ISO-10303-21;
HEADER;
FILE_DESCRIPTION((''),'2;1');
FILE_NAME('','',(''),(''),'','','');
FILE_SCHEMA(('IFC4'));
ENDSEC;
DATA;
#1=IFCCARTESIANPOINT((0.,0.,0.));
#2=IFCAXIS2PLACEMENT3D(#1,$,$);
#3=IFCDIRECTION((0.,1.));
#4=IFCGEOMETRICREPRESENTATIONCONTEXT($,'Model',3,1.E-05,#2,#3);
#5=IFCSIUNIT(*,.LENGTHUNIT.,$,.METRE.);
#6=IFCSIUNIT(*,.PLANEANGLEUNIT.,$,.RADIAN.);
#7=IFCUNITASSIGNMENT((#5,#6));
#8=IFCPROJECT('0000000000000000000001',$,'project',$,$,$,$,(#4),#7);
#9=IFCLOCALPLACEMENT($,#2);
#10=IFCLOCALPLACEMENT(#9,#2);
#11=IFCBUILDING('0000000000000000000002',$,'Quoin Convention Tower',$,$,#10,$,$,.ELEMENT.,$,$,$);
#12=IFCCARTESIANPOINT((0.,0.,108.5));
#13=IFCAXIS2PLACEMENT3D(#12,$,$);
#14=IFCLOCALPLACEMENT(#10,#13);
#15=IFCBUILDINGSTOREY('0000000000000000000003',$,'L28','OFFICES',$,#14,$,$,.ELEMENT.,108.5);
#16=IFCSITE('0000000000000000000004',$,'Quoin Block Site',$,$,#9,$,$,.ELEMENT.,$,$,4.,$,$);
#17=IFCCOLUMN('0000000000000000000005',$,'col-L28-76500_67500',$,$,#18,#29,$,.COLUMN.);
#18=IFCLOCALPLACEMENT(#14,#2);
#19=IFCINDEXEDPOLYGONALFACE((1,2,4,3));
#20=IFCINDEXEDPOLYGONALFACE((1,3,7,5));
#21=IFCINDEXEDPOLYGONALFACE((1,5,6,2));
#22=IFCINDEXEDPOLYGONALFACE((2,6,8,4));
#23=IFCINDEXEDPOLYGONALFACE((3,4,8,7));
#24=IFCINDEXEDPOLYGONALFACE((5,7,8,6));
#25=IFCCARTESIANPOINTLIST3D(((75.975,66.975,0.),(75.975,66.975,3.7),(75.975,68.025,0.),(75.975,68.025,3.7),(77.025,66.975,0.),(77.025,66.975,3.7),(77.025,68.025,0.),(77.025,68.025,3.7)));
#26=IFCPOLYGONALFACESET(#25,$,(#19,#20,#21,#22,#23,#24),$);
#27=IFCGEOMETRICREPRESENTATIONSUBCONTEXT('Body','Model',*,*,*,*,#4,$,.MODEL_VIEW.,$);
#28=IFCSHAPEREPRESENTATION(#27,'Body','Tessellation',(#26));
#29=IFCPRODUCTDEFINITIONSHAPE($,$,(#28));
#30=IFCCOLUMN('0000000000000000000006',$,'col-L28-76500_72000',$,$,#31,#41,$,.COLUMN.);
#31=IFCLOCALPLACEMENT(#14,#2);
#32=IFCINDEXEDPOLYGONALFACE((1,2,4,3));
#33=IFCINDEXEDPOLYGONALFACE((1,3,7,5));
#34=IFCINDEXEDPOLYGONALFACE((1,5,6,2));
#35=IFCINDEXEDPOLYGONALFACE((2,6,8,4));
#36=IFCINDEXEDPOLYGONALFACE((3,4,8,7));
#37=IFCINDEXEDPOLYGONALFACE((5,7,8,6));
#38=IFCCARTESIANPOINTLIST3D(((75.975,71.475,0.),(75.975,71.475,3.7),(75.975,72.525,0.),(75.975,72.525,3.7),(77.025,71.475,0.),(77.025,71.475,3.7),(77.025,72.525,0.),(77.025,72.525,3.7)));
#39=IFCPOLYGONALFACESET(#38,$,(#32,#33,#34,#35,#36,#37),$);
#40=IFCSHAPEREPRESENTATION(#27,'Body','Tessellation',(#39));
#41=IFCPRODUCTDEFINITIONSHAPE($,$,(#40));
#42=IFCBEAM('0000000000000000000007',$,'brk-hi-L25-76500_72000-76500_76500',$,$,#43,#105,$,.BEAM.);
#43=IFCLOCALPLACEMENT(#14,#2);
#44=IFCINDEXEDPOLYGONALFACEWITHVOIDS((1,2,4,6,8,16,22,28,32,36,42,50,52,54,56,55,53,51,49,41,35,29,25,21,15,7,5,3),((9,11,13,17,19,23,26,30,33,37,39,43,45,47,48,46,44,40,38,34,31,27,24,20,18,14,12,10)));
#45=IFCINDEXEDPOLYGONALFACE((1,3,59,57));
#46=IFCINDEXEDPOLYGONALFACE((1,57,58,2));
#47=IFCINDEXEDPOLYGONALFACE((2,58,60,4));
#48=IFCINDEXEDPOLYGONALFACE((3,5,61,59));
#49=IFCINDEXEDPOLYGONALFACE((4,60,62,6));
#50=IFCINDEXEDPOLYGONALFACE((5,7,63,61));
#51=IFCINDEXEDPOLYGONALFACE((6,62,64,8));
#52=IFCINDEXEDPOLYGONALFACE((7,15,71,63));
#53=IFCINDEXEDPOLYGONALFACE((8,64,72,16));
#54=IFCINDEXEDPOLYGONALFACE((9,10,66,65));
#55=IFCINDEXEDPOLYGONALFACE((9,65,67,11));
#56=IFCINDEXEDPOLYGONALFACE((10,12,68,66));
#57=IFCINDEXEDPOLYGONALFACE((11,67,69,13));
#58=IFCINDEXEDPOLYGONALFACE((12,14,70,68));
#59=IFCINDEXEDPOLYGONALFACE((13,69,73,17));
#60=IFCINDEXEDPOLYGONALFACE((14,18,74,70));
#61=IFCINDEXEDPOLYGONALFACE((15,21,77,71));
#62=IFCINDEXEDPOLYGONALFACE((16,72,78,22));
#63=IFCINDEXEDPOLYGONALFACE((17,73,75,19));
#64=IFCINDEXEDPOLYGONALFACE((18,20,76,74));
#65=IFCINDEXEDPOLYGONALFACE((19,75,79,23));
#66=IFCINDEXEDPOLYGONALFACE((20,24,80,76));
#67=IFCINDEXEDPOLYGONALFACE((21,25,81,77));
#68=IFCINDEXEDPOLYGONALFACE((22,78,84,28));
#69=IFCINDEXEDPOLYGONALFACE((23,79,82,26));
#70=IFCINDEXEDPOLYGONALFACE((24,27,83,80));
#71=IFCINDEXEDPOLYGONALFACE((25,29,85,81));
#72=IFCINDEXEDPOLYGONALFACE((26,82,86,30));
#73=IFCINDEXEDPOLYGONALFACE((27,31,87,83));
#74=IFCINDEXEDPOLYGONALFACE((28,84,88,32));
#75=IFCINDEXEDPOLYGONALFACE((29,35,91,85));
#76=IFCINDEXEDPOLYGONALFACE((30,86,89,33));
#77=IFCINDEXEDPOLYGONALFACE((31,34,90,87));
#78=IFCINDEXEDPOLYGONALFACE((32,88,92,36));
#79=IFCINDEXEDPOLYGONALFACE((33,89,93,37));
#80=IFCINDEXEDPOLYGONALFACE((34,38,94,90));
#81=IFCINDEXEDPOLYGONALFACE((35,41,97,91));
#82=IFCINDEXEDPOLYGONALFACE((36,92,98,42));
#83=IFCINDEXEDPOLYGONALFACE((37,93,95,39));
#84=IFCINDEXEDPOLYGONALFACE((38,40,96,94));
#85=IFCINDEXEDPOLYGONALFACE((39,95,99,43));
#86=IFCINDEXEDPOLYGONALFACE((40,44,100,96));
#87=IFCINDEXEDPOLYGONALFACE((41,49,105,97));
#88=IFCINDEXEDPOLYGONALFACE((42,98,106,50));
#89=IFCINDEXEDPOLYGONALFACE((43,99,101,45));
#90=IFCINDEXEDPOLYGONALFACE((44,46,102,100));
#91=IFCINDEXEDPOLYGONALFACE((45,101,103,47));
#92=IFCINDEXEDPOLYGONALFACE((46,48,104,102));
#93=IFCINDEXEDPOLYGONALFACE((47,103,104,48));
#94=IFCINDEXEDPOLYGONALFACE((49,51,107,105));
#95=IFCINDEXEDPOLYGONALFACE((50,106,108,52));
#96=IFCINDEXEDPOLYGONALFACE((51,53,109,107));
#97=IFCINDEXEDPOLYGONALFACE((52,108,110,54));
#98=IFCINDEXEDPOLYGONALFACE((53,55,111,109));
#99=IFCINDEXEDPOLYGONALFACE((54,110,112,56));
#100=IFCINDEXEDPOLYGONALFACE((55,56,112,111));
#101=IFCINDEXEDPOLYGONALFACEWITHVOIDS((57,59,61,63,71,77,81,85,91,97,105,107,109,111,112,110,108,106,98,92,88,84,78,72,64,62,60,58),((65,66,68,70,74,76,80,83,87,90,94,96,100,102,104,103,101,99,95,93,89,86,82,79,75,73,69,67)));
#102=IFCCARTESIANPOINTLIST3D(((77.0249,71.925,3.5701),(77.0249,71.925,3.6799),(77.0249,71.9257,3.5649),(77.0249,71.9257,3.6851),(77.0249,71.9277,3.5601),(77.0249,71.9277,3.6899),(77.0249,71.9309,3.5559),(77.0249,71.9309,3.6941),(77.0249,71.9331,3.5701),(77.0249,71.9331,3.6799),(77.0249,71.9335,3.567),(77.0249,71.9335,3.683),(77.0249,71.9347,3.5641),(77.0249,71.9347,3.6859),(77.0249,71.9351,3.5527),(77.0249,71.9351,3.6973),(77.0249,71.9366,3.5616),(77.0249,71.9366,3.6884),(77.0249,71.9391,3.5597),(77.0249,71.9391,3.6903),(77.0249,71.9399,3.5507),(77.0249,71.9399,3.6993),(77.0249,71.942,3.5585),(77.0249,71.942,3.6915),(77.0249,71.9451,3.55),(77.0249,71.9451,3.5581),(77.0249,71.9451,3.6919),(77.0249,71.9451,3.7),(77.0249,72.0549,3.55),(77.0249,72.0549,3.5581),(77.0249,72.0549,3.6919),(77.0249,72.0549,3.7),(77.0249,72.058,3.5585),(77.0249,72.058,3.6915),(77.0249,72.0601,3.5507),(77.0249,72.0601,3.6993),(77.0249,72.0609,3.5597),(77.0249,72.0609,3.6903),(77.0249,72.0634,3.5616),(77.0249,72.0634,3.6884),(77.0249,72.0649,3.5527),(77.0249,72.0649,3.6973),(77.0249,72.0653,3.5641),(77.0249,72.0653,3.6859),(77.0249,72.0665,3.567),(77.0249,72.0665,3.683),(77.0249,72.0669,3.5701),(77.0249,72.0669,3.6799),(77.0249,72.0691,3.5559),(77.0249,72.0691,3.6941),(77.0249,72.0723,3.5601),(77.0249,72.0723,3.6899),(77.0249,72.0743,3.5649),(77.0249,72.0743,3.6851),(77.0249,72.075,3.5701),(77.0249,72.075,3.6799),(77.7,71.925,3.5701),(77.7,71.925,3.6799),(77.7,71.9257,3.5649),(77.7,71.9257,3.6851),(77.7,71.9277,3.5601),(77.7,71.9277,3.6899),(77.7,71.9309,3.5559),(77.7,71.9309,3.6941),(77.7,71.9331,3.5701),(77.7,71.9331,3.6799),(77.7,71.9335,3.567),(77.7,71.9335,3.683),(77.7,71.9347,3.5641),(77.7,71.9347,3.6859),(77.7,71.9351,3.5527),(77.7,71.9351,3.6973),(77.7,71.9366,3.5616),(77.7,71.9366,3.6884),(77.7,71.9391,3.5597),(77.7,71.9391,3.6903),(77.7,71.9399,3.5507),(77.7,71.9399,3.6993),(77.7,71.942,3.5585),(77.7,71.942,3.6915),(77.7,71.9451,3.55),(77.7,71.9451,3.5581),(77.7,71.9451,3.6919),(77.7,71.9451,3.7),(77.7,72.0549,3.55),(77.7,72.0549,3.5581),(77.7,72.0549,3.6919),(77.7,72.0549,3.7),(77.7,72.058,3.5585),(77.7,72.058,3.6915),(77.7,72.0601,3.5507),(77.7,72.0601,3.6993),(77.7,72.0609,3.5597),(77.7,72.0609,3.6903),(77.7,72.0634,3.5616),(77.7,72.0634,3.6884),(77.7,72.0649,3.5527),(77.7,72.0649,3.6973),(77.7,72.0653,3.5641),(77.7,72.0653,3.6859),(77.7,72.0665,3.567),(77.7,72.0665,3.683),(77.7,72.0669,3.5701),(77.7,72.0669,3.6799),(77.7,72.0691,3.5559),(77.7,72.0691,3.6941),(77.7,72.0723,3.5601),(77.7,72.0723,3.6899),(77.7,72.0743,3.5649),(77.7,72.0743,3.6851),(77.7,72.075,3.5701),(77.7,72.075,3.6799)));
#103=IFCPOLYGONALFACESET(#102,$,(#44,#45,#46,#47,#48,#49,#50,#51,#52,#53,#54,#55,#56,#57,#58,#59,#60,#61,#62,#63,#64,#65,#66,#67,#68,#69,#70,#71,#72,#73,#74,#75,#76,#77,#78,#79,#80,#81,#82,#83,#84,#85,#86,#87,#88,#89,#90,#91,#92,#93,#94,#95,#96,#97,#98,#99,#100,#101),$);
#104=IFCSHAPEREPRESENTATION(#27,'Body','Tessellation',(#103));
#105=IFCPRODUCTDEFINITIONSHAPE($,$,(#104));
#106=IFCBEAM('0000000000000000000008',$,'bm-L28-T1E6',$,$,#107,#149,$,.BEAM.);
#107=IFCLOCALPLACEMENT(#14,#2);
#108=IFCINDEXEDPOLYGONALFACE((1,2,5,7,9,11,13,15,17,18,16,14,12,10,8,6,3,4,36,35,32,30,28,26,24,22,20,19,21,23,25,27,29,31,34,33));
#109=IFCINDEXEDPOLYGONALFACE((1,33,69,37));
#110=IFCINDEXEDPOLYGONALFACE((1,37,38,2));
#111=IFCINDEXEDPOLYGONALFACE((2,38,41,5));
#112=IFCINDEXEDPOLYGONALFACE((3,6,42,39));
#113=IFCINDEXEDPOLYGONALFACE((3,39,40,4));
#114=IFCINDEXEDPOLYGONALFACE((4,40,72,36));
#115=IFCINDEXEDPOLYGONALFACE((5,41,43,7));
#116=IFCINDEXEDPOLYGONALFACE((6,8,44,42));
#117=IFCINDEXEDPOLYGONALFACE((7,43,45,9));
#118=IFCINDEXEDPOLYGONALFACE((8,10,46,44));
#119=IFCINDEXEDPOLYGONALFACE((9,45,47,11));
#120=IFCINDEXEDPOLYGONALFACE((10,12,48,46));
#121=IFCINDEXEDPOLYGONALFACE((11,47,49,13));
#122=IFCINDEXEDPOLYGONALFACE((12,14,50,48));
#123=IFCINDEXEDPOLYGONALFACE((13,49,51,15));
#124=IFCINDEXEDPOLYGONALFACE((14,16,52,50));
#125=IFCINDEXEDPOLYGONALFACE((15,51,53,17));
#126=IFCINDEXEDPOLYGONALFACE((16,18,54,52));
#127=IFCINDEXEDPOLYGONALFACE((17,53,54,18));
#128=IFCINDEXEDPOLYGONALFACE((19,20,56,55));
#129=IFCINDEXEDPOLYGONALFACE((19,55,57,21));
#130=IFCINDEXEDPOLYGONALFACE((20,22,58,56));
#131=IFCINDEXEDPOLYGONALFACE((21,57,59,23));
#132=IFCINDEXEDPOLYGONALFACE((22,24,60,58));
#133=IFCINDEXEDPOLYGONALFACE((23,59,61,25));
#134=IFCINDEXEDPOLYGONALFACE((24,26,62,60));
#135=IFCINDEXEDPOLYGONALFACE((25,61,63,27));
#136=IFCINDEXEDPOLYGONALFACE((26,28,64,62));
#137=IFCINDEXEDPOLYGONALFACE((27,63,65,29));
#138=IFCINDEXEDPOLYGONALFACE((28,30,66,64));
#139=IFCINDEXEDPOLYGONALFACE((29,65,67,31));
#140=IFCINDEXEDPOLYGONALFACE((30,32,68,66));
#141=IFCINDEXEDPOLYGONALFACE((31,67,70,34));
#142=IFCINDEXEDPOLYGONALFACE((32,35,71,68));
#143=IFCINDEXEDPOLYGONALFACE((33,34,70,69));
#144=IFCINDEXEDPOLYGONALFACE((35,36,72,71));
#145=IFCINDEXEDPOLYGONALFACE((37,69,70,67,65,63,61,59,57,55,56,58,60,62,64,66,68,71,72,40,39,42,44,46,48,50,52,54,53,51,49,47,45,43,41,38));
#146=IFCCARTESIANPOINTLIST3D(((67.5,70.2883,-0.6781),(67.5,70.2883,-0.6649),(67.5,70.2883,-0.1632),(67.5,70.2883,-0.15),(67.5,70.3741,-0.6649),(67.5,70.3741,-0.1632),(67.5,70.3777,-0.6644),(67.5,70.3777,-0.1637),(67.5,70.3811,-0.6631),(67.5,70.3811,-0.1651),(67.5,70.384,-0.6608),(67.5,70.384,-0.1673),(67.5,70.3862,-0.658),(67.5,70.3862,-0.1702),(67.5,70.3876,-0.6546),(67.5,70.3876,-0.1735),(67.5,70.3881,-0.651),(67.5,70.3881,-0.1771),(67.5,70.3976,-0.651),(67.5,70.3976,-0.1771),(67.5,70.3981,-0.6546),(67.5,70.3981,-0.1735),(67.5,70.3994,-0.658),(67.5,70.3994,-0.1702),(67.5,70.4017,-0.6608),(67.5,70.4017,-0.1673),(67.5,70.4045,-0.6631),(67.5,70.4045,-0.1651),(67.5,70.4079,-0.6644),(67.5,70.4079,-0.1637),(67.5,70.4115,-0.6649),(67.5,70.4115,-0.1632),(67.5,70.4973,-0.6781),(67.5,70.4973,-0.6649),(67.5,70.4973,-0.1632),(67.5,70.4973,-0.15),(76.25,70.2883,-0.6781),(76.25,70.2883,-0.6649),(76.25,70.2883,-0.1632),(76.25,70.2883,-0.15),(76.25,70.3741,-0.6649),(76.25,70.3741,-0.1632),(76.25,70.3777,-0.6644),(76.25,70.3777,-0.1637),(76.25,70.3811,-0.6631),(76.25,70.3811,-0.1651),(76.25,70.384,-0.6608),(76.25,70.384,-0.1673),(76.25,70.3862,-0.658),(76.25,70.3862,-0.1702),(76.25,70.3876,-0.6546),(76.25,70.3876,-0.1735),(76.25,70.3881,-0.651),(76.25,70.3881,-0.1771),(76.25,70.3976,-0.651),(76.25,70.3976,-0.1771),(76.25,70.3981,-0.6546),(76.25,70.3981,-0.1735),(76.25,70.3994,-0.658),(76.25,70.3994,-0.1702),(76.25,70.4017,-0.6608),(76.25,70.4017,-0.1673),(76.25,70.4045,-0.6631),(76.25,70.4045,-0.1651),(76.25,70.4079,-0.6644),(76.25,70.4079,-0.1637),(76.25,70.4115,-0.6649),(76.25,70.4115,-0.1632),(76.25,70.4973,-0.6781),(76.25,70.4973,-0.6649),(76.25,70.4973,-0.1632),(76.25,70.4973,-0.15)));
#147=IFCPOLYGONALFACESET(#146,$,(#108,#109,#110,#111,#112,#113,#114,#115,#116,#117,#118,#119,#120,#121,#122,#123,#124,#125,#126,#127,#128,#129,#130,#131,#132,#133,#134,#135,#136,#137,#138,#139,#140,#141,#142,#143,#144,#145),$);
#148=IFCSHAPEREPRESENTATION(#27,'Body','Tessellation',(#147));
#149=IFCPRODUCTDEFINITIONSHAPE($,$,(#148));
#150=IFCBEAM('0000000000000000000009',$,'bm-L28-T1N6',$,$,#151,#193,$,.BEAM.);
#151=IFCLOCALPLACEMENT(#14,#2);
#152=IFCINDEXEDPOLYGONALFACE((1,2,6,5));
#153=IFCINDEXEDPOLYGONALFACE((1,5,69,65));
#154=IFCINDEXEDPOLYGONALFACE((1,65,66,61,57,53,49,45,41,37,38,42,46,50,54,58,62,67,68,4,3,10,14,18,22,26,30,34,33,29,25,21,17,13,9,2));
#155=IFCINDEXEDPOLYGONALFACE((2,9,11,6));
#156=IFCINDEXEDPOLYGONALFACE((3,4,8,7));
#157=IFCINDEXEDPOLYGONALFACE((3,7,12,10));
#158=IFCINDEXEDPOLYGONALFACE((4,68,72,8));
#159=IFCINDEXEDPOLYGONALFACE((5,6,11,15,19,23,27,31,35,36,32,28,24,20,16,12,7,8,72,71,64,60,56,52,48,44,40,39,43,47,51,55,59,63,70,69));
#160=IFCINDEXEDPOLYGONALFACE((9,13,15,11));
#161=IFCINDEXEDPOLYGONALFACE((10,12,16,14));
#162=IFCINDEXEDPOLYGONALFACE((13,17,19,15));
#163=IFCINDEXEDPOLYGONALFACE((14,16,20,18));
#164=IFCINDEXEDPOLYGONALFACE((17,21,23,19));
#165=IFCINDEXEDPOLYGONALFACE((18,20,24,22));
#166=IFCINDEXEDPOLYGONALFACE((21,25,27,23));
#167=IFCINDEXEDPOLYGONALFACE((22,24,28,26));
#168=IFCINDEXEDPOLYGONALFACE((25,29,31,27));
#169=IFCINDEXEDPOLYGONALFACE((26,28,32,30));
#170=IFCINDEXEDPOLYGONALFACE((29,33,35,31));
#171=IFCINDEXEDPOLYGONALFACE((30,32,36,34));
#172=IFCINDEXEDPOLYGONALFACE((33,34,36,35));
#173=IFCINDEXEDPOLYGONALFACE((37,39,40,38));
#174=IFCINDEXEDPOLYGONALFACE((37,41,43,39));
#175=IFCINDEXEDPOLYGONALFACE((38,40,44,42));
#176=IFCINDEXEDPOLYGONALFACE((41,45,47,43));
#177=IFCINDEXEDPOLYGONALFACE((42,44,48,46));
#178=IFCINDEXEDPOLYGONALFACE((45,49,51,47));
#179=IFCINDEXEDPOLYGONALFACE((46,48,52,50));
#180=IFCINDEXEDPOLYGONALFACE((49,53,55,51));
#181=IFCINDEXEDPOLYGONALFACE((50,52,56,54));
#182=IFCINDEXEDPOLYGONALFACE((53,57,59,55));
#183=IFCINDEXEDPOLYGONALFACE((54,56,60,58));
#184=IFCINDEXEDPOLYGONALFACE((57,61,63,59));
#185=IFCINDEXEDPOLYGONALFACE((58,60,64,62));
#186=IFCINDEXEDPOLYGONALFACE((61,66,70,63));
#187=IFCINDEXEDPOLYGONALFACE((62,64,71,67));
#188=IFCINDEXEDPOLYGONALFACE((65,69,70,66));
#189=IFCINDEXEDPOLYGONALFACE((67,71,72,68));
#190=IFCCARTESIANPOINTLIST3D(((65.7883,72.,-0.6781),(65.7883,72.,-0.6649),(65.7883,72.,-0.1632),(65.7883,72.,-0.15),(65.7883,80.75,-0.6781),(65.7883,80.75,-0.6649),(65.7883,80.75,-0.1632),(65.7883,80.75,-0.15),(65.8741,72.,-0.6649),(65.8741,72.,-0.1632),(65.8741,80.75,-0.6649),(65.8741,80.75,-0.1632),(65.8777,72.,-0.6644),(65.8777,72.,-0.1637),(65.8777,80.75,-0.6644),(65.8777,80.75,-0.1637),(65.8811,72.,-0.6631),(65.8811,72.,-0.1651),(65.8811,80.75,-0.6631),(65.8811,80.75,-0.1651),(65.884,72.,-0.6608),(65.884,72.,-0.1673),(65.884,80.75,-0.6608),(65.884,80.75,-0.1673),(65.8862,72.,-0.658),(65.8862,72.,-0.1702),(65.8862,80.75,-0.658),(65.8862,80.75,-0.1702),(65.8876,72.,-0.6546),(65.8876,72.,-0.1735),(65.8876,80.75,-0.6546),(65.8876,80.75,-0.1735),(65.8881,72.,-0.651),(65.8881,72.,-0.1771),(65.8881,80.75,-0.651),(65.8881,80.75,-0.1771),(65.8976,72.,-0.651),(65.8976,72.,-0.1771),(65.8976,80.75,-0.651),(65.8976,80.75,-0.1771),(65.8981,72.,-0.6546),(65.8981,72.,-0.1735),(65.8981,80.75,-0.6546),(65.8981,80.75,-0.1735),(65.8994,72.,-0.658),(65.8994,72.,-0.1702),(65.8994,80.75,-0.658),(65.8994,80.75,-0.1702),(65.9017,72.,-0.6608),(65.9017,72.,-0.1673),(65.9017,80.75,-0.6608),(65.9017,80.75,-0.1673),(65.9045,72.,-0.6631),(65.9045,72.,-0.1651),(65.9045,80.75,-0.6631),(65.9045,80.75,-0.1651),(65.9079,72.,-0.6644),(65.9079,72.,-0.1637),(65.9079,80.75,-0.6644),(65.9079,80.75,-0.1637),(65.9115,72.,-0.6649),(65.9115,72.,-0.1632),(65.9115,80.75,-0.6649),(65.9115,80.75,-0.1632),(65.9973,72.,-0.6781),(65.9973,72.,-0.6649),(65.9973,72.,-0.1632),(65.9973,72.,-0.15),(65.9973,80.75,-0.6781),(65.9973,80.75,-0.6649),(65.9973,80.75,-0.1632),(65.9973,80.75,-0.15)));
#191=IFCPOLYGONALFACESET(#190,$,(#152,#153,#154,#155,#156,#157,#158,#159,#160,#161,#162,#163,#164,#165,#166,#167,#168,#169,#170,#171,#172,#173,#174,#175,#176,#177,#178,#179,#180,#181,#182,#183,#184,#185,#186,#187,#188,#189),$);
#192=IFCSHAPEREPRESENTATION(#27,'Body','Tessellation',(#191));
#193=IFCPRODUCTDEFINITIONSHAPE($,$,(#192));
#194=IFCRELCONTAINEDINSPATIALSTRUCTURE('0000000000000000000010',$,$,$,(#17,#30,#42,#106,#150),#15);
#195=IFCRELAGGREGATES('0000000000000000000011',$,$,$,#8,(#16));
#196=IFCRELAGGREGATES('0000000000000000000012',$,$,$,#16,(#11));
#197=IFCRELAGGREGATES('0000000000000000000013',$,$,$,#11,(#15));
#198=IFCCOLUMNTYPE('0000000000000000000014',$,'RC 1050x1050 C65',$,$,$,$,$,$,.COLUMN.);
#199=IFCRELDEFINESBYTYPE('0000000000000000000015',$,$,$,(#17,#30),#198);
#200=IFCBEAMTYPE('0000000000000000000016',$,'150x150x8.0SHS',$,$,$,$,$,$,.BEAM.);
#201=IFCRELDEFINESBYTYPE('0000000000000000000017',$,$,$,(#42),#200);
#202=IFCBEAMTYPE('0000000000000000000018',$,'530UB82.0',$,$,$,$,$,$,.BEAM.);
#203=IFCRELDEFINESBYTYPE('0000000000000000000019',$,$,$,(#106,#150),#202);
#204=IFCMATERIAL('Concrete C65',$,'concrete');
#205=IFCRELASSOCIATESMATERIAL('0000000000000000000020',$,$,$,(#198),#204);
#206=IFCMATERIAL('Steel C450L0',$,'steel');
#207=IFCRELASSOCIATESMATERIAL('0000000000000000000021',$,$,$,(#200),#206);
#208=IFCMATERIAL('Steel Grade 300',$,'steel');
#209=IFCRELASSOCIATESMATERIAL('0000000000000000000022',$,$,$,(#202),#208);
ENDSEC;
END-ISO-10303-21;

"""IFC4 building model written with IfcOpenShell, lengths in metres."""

from ifc_helpers import new_model, si_unit, direction, frame, origin, origin_2d, place, context, subcontext, project, spatial, rectangle, hollow_rectangle, i_section, extrude, material, material_profile, profile_set, type_object, element, save


model = new_model("IFC4")

# Units and contexts
model_context = context("Model", 3, precision=1e-05, world=origin(), true_north=direction((0.0, 1.0)))
body_context = subcontext(model_context, "Body", "Model", "MODEL_VIEW")
ifc_project = project(units=[si_unit("LENGTHUNIT", "METRE"), si_unit("PLANEANGLEUNIT", "RADIAN")], contexts=[model_context])

# Site, building, storey
site_placement = place(None, origin())
site = spatial("IfcSite", under=ifc_project, at=site_placement, Name="Quoin Block Site", CompositionType="ELEMENT", RefElevation=4.0)
building_placement = place(site_placement, origin())
building = spatial("IfcBuilding", under=site, at=building_placement, Name="Quoin Convention Tower", CompositionType="ELEMENT")
storey_placement = place(building_placement, frame((0.0, 0.0, 108.5)))
storey = spatial("IfcBuildingStorey", under=building, at=storey_placement, Name="L28", Description="OFFICES", CompositionType="ELEMENT", Elevation=108.5)

# Columns
ifc_material_1 = material(Name="Concrete C65", Category="concrete")
ifc_material_profile_1 = material_profile(ifc_material_1, rectangle(XDim=1.05, YDim=1.05, at=origin_2d()), Name="RC 1050x1050")
ifc_profile_set_1 = profile_set([ifc_material_profile_1], Name="Concrete C65")
column_type = type_object("IfcColumnType", Name="RC 1050x1050 C65", PredefinedType="COLUMN", material=ifc_profile_set_1)
for number, where, z_axis, x_axis, name in (
    (1, (76.5, 67.5, 0.0), (0.0, 0.0, 1.0), (1.0, 0.0, 0.0), "col-L28-76500_67500"),
    (2, (76.5, 72.0, 0.0), (0.0, 0.0, 1.0), (1.0, 0.0, 0.0), "col-L28-76500_72000"),
):
    element("IfcColumn", number, at=place(storey_placement, frame(where, z_axis=z_axis, x_axis=x_axis)), inside=storey, type_object=column_type, Name=name, PredefinedType="COLUMN", context=body_context, shape_type="SweptSolid", body=[
        extrude(rectangle(XDim=1.05, YDim=1.05, at=origin_2d()), origin(), (0.0, 0.0, 1.0), 3.7),
    ])

# Beams
ifc_material_2 = material(Name="Steel C450L0", Category="steel")
ifc_material_profile_2 = material_profile(ifc_material_2, hollow_rectangle(XDim=0.1499, YDim=0.1499, WallThickness=0.0081, InnerFilletRadius=0.012, OuterFilletRadius=0.02, at=origin_2d()), Name="150x150x8.0SHS")
ifc_profile_set_2 = profile_set([ifc_material_profile_2], Name="Steel C450L0")
beam_type_1 = type_object("IfcBeamType", Name="150x150x8.0SHS", PredefinedType="BEAM", material=ifc_profile_set_2)
beam_1_placement = place(storey_placement, frame((77.0249, 72.0, 3.625), z_axis=(1.0, 0.0, 0.0), x_axis=(0.0, 1.0, 0.0)))
element("IfcBeam", 3, at=beam_1_placement, inside=storey, type_object=beam_type_1, Name="brk-hi-L25-76500_72000-76500_76500", PredefinedType="BEAM", context=body_context, shape_type="SweptSolid", body=[
    extrude(hollow_rectangle(XDim=0.1499, YDim=0.1499, WallThickness=0.0081, InnerFilletRadius=0.012, OuterFilletRadius=0.02, at=origin_2d()), origin(), (0.0, 0.0, 1.0), 0.675),
])
ifc_material_3 = material(Name="Steel Grade 300", Category="steel")
ifc_material_profile_3 = material_profile(ifc_material_3, i_section(OverallWidth=0.209, OverallDepth=0.5281, WebThickness=0.0095, FlangeThickness=0.0132, FilletRadius=0.0139, at=origin_2d()), Name="530UB82.0")
ifc_profile_set_3 = profile_set([ifc_material_profile_3], Name="Steel Grade 300")
beam_type_2 = type_object("IfcBeamType", Name="530UB82.0", PredefinedType="BEAM", material=ifc_profile_set_3)
for number, where, z_axis, x_axis, name in (
    (4, (67.5, 70.3928, -0.4141), (1.0, 0.0, 0.0), (0.0, 1.0, 0.0), "bm-L28-T1E6"),
    (5, (65.8928, 72.0, -0.4141), (0.0, 1.0, 0.0), (-1.0, 0.0, 0.0), "bm-L28-T1N6"),
):
    element("IfcBeam", number, at=place(storey_placement, frame(where, z_axis=z_axis, x_axis=x_axis)), inside=storey, type_object=beam_type_2, Name=name, PredefinedType="BEAM", context=body_context, shape_type="SweptSolid", body=[
        extrude(i_section(OverallWidth=0.209, OverallDepth=0.5281, WebThickness=0.0095, FlangeThickness=0.0132, FilletRadius=0.0139, at=origin_2d()), origin(), (0.0, 0.0, 1.0), 8.75),
    ])

save(model, "model.ifc")
